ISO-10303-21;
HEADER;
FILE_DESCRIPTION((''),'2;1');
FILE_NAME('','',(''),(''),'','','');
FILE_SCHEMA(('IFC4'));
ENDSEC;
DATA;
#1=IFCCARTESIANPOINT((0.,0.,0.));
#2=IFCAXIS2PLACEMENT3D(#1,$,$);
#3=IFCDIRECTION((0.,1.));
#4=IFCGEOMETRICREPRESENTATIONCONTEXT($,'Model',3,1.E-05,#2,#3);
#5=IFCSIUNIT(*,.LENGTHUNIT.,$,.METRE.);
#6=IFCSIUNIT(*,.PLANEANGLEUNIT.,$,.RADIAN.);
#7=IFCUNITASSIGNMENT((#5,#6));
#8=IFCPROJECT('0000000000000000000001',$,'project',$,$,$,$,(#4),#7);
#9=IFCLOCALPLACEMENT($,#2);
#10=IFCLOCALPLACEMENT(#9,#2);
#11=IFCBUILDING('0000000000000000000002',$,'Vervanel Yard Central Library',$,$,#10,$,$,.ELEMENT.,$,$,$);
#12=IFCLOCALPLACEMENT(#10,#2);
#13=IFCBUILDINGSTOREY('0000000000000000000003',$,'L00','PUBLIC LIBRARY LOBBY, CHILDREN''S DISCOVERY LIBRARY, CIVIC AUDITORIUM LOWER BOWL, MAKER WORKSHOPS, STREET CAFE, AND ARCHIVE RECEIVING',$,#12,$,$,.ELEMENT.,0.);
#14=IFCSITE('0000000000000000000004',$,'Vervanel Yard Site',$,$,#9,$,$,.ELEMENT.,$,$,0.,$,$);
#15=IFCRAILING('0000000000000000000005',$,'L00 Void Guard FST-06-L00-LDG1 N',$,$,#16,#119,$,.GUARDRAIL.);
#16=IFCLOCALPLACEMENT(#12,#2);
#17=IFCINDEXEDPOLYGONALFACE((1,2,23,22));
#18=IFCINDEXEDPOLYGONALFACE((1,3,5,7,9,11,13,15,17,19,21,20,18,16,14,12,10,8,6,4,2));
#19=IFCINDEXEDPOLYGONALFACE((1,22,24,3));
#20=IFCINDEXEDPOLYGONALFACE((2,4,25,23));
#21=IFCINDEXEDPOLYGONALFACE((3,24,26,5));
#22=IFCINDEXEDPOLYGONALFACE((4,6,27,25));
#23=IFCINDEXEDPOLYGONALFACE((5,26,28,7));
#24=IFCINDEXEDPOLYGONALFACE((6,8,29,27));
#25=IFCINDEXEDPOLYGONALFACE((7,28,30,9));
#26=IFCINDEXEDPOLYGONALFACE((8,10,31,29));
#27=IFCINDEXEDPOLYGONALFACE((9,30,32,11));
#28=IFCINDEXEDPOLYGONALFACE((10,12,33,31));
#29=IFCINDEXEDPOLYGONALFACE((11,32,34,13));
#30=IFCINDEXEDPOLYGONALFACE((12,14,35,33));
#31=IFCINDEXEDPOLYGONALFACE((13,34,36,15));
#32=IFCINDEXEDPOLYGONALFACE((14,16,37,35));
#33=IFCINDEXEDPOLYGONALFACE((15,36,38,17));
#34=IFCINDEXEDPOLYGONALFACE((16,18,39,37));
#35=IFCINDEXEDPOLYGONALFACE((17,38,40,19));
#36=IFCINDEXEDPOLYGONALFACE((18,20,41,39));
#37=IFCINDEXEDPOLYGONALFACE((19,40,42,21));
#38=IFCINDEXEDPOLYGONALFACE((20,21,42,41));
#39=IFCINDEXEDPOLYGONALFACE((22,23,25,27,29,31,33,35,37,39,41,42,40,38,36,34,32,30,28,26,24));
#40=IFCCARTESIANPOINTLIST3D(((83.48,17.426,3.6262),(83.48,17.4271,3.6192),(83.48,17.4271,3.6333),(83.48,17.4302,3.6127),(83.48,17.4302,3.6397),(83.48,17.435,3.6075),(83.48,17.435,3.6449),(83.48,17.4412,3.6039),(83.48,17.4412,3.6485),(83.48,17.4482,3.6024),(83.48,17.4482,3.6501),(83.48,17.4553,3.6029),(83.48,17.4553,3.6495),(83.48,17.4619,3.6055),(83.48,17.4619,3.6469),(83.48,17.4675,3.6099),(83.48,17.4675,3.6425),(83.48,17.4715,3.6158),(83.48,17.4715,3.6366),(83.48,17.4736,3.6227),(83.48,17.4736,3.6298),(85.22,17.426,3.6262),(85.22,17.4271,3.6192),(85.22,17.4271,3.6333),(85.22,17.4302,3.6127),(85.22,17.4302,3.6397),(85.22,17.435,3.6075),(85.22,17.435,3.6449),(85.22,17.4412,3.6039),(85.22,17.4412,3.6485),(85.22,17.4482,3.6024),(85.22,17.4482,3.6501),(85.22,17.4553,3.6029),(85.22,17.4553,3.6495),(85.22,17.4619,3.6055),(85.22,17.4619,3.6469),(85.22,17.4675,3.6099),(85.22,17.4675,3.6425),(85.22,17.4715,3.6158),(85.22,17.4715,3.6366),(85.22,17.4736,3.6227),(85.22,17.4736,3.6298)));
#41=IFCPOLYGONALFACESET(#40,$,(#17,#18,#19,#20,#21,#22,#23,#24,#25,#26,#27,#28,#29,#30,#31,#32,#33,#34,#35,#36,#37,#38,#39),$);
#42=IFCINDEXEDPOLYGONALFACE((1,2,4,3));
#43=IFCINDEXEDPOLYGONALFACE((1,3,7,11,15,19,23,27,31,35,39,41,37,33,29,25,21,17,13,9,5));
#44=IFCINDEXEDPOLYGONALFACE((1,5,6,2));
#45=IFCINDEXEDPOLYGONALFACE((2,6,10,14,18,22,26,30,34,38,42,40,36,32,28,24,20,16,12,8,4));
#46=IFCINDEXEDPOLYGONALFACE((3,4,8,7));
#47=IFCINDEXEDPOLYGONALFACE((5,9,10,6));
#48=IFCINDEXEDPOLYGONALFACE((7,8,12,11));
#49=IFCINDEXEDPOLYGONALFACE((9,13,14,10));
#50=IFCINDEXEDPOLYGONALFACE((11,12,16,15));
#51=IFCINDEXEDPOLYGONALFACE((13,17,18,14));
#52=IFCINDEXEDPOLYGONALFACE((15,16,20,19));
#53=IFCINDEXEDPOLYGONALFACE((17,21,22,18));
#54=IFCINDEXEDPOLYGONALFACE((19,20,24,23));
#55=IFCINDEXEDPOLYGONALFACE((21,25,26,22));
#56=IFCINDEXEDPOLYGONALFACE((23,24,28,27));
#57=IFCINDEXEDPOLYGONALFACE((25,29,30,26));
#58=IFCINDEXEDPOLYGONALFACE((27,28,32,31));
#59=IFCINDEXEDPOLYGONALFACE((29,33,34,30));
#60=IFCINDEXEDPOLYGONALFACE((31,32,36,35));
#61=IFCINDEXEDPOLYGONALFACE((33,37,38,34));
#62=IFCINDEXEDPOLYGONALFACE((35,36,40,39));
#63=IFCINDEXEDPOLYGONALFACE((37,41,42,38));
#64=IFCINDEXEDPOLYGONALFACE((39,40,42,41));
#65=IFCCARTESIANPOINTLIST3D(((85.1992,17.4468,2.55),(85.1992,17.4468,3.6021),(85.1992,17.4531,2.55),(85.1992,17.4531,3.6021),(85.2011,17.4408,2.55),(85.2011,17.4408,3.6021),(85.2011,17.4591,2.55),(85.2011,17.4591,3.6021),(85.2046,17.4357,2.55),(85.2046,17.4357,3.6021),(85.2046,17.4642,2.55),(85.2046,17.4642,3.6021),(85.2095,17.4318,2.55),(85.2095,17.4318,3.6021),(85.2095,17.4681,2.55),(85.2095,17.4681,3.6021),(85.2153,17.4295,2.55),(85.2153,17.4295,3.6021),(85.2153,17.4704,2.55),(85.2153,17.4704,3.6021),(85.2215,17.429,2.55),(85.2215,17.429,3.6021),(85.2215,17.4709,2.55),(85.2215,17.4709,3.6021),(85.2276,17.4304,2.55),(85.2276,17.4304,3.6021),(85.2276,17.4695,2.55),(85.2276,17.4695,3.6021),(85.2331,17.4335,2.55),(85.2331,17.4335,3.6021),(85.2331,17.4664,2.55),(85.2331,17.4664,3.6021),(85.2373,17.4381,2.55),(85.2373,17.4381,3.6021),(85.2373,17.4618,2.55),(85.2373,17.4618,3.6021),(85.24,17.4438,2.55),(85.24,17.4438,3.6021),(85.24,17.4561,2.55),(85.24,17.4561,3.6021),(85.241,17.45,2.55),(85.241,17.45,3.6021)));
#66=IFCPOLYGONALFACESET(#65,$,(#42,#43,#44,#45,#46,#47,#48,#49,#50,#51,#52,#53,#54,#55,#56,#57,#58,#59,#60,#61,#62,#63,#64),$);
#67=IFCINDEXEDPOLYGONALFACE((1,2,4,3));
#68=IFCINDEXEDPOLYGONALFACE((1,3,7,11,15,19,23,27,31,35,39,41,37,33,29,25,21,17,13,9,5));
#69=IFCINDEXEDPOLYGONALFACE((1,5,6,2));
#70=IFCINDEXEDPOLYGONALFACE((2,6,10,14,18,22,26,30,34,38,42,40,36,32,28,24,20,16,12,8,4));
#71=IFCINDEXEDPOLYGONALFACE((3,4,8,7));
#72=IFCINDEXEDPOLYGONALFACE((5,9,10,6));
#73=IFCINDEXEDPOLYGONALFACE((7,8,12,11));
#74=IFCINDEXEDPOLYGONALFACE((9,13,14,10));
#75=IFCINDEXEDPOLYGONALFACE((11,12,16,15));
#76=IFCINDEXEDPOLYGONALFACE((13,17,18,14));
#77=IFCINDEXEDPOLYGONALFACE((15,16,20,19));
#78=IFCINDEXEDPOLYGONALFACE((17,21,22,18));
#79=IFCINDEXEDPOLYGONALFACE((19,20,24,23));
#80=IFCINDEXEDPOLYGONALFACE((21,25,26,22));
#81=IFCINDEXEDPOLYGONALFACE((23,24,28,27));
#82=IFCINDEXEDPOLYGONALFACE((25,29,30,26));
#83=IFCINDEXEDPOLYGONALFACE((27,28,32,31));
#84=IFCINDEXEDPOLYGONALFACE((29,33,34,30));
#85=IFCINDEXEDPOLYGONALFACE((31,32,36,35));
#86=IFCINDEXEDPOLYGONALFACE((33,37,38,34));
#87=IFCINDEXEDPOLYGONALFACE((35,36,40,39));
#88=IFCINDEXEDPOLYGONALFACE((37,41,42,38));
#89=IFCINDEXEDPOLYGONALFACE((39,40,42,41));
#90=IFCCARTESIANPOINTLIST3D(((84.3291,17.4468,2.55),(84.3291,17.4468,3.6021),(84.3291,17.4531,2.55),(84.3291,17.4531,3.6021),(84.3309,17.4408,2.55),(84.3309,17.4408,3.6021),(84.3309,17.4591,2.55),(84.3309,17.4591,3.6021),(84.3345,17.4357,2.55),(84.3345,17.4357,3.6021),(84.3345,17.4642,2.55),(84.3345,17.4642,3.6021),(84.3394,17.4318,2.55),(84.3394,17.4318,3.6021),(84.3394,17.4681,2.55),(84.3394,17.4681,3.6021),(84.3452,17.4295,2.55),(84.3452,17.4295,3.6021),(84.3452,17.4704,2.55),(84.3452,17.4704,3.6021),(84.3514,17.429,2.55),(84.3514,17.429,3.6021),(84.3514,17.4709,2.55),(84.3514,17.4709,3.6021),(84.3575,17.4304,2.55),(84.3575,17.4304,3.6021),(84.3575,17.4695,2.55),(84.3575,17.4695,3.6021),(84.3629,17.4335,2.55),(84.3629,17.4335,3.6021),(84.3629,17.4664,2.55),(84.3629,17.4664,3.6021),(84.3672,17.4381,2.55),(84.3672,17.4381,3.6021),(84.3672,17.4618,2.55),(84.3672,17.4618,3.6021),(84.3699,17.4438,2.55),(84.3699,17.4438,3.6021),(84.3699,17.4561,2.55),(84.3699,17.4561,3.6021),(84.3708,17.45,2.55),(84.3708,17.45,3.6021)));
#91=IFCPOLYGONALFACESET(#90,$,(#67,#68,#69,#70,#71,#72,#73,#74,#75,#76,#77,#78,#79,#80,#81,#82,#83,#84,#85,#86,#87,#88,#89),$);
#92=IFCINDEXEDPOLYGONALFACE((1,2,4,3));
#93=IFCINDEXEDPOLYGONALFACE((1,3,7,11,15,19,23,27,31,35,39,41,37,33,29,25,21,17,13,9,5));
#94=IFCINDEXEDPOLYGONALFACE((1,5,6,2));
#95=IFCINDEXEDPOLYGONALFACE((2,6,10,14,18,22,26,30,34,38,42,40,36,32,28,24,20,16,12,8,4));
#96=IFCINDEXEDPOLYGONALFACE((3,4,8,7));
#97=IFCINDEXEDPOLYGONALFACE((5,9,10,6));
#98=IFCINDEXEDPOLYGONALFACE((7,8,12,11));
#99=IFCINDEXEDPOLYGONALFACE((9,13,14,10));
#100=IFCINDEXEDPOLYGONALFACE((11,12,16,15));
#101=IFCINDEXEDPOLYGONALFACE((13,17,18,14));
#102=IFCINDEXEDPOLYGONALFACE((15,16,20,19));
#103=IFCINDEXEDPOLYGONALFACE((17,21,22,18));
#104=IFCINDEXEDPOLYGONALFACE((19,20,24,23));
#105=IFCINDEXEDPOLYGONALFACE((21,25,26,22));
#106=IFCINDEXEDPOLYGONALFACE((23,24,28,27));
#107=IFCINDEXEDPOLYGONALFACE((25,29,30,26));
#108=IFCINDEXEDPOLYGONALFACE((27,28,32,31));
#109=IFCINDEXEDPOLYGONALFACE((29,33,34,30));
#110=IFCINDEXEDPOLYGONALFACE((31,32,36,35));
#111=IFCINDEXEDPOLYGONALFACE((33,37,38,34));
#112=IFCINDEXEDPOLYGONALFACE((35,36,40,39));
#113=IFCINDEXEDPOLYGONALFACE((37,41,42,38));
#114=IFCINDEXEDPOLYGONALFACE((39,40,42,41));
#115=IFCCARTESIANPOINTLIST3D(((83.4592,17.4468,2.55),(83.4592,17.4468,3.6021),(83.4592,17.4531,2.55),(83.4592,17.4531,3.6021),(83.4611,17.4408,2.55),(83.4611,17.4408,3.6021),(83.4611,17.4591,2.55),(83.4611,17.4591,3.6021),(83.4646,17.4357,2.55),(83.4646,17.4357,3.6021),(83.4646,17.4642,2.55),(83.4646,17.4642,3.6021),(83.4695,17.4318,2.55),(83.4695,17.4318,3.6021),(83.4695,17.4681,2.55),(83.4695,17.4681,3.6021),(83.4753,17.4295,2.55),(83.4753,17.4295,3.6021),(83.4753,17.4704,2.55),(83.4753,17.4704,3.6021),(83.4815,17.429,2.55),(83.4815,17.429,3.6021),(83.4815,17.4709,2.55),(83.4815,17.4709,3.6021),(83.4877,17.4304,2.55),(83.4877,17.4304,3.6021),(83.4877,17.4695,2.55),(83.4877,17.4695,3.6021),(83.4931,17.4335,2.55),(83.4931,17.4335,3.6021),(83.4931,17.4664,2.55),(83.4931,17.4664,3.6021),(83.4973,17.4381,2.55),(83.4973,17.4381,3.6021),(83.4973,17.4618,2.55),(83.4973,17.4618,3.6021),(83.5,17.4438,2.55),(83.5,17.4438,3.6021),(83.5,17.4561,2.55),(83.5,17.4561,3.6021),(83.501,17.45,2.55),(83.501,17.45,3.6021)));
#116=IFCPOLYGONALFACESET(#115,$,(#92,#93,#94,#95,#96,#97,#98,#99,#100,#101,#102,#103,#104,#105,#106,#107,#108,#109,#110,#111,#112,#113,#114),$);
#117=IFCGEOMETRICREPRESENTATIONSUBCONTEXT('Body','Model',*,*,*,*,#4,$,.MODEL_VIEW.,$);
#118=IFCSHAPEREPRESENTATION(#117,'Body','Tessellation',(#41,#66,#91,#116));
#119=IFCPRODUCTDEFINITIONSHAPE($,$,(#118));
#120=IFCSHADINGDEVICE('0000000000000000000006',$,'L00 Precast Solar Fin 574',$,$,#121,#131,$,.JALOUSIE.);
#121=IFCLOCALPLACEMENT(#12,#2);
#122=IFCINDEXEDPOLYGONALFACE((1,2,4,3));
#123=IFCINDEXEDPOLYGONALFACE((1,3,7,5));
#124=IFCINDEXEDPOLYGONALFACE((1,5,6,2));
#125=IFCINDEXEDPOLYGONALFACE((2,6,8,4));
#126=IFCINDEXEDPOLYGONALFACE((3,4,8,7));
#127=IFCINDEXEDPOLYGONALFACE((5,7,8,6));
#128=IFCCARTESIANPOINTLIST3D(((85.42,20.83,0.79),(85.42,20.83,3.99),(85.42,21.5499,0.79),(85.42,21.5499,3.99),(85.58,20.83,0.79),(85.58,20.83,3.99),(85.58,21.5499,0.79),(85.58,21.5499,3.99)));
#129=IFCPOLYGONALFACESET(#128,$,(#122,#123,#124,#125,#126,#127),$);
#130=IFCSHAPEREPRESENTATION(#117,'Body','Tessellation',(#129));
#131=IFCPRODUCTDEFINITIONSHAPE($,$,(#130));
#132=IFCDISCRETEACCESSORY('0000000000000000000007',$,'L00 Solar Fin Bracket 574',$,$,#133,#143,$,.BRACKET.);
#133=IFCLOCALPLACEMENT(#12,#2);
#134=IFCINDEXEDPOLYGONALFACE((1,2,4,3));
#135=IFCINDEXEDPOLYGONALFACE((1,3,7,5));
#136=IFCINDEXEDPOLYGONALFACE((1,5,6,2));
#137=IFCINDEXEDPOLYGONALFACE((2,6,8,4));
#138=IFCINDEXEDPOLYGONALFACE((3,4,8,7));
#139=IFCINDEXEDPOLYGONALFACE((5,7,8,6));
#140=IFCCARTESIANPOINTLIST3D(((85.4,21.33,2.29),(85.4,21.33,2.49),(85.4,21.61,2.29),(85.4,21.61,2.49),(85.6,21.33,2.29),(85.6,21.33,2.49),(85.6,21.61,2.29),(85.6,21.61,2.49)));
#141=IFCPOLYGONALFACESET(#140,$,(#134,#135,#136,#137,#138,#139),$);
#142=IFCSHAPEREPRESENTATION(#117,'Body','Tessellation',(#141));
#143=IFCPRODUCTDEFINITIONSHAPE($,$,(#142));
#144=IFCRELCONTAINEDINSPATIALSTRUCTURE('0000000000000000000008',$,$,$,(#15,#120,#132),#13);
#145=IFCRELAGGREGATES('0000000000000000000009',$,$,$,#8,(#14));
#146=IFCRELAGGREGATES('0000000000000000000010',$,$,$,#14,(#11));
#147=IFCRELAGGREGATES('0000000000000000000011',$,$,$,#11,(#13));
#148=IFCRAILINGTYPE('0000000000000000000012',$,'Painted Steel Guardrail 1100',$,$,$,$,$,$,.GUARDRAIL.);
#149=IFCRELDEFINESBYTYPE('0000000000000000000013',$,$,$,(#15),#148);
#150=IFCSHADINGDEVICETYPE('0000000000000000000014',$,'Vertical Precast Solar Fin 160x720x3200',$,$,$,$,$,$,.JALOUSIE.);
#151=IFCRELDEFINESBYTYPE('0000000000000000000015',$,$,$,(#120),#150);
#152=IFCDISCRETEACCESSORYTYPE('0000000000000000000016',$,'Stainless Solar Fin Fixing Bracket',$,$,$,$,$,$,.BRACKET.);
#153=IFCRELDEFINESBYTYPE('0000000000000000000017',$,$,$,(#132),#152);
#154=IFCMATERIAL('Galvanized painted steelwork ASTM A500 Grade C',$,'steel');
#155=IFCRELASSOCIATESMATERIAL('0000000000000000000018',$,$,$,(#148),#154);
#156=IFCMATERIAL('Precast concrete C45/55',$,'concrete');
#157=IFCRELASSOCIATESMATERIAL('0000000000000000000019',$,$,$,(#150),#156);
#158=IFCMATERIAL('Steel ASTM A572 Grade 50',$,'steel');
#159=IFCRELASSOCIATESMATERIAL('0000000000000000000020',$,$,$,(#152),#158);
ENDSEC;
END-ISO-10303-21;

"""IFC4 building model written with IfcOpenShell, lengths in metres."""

from ifc_helpers import new_model, si_unit, direction, frame, origin, origin_2d, place, context, subcontext, project, spatial, rectangle, circle, extrude, material, type_object, element, save


model = new_model("IFC4")

# Units and contexts
model_context = context("Model", 3, precision=1e-05, world=origin(), true_north=direction((0.0, 1.0)))
body_context = subcontext(model_context, "Body", "Model", "MODEL_VIEW")
ifc_project = project(units=[si_unit("LENGTHUNIT", "METRE"), si_unit("PLANEANGLEUNIT", "RADIAN")], contexts=[model_context])

# Site, building, storey
site_placement = place(None, origin())
site = spatial("IfcSite", under=ifc_project, at=site_placement, Name="Vervanel Yard Site", CompositionType="ELEMENT", RefElevation=0.0)
building_placement = place(site_placement, origin())
building = spatial("IfcBuilding", under=site, at=building_placement, Name="Vervanel Yard Central Library", CompositionType="ELEMENT")
storey_placement = place(building_placement, origin())
storey = spatial("IfcBuildingStorey", under=building, at=storey_placement, Name="L00", Description="PUBLIC LIBRARY LOBBY, CHILDREN'S DISCOVERY LIBRARY, CIVIC AUDITORIUM LOWER BOWL, MAKER WORKSHOPS, STREET CAFE, AND ARCHIVE RECEIVING", CompositionType="ELEMENT", Elevation=0.0)

# Railing
ifc_material_1 = material(Name="Galvanized painted steelwork ASTM A500 Grade C", Category="steel")
railing_type = type_object("IfcRailingType", Name="Painted Steel Guardrail 1100", PredefinedType="GUARDRAIL", material=ifc_material_1)
railing_placement = place(storey_placement, frame((85.22, 17.45, 2.55)))
element("IfcRailing", 1, at=railing_placement, inside=storey, type_object=railing_type, Name="L00 Void Guard FST-06-L00-LDG1 N", PredefinedType="GUARDRAIL", context=body_context, shape_type="SweptSolid", body=[
    extrude(circle(Radius=0.0239, at=origin_2d()), frame((0.0, 0.0, 1.0762), z_axis=(-1.0, 0.0, 0.0), x_axis=(0.0, -1.0, 0.0)), (0.0, 0.0, 1.0), 1.74),
    extrude(circle(Radius=0.021, at=origin_2d()), origin(), (0.0, 0.0, 1.0), 1.052),
    extrude(circle(Radius=0.021, at=origin_2d()), frame((-0.8701, 0.0, 0.0)), (0.0, 0.0, 1.0), 1.052),
    extrude(circle(Radius=0.021, at=origin_2d()), frame((-1.74, 0.0, 0.0)), (0.0, 0.0, 1.0), 1.052),
])

# Shading device
ifc_material_2 = material(Name="Precast concrete C45/55", Category="concrete")
shading_device_type = type_object("IfcShadingDeviceType", Name="Vertical Precast Solar Fin 160x720x3200", PredefinedType="JALOUSIE", material=ifc_material_2)
shading_device_placement = place(storey_placement, frame((85.5, 21.1899, 0.79), z_axis=(0.0, 0.0, 1.0), x_axis=(1.0, 0.0, 0.0)))
element("IfcShadingDevice", 2, at=shading_device_placement, inside=storey, type_object=shading_device_type, Name="L00 Precast Solar Fin 574", PredefinedType="JALOUSIE", context=body_context, shape_type="SweptSolid", body=[
    extrude(rectangle(XDim=0.1599, YDim=0.72, at=origin_2d()), origin(), (0.0, 0.0, 1.0), 3.2),
])

# Discrete accessory
ifc_material_3 = material(Name="Steel ASTM A572 Grade 50", Category="steel")
discrete_accessory_type = type_object("IfcDiscreteAccessoryType", Name="Stainless Solar Fin Fixing Bracket", PredefinedType="BRACKET", material=ifc_material_3)
discrete_accessory_placement = place(storey_placement, frame((85.5, 21.47, 2.29), z_axis=(0.0, 0.0, 1.0), x_axis=(1.0, 0.0, 0.0)))
element("IfcDiscreteAccessory", 3, at=discrete_accessory_placement, inside=storey, type_object=discrete_accessory_type, Name="L00 Solar Fin Bracket 574", PredefinedType="BRACKET", context=body_context, shape_type="SweptSolid", body=[
    extrude(rectangle(XDim=0.2, YDim=0.28, at=origin_2d()), origin(), (0.0, 0.0, 1.0), 0.2),
])

save(model, "model.ifc")
